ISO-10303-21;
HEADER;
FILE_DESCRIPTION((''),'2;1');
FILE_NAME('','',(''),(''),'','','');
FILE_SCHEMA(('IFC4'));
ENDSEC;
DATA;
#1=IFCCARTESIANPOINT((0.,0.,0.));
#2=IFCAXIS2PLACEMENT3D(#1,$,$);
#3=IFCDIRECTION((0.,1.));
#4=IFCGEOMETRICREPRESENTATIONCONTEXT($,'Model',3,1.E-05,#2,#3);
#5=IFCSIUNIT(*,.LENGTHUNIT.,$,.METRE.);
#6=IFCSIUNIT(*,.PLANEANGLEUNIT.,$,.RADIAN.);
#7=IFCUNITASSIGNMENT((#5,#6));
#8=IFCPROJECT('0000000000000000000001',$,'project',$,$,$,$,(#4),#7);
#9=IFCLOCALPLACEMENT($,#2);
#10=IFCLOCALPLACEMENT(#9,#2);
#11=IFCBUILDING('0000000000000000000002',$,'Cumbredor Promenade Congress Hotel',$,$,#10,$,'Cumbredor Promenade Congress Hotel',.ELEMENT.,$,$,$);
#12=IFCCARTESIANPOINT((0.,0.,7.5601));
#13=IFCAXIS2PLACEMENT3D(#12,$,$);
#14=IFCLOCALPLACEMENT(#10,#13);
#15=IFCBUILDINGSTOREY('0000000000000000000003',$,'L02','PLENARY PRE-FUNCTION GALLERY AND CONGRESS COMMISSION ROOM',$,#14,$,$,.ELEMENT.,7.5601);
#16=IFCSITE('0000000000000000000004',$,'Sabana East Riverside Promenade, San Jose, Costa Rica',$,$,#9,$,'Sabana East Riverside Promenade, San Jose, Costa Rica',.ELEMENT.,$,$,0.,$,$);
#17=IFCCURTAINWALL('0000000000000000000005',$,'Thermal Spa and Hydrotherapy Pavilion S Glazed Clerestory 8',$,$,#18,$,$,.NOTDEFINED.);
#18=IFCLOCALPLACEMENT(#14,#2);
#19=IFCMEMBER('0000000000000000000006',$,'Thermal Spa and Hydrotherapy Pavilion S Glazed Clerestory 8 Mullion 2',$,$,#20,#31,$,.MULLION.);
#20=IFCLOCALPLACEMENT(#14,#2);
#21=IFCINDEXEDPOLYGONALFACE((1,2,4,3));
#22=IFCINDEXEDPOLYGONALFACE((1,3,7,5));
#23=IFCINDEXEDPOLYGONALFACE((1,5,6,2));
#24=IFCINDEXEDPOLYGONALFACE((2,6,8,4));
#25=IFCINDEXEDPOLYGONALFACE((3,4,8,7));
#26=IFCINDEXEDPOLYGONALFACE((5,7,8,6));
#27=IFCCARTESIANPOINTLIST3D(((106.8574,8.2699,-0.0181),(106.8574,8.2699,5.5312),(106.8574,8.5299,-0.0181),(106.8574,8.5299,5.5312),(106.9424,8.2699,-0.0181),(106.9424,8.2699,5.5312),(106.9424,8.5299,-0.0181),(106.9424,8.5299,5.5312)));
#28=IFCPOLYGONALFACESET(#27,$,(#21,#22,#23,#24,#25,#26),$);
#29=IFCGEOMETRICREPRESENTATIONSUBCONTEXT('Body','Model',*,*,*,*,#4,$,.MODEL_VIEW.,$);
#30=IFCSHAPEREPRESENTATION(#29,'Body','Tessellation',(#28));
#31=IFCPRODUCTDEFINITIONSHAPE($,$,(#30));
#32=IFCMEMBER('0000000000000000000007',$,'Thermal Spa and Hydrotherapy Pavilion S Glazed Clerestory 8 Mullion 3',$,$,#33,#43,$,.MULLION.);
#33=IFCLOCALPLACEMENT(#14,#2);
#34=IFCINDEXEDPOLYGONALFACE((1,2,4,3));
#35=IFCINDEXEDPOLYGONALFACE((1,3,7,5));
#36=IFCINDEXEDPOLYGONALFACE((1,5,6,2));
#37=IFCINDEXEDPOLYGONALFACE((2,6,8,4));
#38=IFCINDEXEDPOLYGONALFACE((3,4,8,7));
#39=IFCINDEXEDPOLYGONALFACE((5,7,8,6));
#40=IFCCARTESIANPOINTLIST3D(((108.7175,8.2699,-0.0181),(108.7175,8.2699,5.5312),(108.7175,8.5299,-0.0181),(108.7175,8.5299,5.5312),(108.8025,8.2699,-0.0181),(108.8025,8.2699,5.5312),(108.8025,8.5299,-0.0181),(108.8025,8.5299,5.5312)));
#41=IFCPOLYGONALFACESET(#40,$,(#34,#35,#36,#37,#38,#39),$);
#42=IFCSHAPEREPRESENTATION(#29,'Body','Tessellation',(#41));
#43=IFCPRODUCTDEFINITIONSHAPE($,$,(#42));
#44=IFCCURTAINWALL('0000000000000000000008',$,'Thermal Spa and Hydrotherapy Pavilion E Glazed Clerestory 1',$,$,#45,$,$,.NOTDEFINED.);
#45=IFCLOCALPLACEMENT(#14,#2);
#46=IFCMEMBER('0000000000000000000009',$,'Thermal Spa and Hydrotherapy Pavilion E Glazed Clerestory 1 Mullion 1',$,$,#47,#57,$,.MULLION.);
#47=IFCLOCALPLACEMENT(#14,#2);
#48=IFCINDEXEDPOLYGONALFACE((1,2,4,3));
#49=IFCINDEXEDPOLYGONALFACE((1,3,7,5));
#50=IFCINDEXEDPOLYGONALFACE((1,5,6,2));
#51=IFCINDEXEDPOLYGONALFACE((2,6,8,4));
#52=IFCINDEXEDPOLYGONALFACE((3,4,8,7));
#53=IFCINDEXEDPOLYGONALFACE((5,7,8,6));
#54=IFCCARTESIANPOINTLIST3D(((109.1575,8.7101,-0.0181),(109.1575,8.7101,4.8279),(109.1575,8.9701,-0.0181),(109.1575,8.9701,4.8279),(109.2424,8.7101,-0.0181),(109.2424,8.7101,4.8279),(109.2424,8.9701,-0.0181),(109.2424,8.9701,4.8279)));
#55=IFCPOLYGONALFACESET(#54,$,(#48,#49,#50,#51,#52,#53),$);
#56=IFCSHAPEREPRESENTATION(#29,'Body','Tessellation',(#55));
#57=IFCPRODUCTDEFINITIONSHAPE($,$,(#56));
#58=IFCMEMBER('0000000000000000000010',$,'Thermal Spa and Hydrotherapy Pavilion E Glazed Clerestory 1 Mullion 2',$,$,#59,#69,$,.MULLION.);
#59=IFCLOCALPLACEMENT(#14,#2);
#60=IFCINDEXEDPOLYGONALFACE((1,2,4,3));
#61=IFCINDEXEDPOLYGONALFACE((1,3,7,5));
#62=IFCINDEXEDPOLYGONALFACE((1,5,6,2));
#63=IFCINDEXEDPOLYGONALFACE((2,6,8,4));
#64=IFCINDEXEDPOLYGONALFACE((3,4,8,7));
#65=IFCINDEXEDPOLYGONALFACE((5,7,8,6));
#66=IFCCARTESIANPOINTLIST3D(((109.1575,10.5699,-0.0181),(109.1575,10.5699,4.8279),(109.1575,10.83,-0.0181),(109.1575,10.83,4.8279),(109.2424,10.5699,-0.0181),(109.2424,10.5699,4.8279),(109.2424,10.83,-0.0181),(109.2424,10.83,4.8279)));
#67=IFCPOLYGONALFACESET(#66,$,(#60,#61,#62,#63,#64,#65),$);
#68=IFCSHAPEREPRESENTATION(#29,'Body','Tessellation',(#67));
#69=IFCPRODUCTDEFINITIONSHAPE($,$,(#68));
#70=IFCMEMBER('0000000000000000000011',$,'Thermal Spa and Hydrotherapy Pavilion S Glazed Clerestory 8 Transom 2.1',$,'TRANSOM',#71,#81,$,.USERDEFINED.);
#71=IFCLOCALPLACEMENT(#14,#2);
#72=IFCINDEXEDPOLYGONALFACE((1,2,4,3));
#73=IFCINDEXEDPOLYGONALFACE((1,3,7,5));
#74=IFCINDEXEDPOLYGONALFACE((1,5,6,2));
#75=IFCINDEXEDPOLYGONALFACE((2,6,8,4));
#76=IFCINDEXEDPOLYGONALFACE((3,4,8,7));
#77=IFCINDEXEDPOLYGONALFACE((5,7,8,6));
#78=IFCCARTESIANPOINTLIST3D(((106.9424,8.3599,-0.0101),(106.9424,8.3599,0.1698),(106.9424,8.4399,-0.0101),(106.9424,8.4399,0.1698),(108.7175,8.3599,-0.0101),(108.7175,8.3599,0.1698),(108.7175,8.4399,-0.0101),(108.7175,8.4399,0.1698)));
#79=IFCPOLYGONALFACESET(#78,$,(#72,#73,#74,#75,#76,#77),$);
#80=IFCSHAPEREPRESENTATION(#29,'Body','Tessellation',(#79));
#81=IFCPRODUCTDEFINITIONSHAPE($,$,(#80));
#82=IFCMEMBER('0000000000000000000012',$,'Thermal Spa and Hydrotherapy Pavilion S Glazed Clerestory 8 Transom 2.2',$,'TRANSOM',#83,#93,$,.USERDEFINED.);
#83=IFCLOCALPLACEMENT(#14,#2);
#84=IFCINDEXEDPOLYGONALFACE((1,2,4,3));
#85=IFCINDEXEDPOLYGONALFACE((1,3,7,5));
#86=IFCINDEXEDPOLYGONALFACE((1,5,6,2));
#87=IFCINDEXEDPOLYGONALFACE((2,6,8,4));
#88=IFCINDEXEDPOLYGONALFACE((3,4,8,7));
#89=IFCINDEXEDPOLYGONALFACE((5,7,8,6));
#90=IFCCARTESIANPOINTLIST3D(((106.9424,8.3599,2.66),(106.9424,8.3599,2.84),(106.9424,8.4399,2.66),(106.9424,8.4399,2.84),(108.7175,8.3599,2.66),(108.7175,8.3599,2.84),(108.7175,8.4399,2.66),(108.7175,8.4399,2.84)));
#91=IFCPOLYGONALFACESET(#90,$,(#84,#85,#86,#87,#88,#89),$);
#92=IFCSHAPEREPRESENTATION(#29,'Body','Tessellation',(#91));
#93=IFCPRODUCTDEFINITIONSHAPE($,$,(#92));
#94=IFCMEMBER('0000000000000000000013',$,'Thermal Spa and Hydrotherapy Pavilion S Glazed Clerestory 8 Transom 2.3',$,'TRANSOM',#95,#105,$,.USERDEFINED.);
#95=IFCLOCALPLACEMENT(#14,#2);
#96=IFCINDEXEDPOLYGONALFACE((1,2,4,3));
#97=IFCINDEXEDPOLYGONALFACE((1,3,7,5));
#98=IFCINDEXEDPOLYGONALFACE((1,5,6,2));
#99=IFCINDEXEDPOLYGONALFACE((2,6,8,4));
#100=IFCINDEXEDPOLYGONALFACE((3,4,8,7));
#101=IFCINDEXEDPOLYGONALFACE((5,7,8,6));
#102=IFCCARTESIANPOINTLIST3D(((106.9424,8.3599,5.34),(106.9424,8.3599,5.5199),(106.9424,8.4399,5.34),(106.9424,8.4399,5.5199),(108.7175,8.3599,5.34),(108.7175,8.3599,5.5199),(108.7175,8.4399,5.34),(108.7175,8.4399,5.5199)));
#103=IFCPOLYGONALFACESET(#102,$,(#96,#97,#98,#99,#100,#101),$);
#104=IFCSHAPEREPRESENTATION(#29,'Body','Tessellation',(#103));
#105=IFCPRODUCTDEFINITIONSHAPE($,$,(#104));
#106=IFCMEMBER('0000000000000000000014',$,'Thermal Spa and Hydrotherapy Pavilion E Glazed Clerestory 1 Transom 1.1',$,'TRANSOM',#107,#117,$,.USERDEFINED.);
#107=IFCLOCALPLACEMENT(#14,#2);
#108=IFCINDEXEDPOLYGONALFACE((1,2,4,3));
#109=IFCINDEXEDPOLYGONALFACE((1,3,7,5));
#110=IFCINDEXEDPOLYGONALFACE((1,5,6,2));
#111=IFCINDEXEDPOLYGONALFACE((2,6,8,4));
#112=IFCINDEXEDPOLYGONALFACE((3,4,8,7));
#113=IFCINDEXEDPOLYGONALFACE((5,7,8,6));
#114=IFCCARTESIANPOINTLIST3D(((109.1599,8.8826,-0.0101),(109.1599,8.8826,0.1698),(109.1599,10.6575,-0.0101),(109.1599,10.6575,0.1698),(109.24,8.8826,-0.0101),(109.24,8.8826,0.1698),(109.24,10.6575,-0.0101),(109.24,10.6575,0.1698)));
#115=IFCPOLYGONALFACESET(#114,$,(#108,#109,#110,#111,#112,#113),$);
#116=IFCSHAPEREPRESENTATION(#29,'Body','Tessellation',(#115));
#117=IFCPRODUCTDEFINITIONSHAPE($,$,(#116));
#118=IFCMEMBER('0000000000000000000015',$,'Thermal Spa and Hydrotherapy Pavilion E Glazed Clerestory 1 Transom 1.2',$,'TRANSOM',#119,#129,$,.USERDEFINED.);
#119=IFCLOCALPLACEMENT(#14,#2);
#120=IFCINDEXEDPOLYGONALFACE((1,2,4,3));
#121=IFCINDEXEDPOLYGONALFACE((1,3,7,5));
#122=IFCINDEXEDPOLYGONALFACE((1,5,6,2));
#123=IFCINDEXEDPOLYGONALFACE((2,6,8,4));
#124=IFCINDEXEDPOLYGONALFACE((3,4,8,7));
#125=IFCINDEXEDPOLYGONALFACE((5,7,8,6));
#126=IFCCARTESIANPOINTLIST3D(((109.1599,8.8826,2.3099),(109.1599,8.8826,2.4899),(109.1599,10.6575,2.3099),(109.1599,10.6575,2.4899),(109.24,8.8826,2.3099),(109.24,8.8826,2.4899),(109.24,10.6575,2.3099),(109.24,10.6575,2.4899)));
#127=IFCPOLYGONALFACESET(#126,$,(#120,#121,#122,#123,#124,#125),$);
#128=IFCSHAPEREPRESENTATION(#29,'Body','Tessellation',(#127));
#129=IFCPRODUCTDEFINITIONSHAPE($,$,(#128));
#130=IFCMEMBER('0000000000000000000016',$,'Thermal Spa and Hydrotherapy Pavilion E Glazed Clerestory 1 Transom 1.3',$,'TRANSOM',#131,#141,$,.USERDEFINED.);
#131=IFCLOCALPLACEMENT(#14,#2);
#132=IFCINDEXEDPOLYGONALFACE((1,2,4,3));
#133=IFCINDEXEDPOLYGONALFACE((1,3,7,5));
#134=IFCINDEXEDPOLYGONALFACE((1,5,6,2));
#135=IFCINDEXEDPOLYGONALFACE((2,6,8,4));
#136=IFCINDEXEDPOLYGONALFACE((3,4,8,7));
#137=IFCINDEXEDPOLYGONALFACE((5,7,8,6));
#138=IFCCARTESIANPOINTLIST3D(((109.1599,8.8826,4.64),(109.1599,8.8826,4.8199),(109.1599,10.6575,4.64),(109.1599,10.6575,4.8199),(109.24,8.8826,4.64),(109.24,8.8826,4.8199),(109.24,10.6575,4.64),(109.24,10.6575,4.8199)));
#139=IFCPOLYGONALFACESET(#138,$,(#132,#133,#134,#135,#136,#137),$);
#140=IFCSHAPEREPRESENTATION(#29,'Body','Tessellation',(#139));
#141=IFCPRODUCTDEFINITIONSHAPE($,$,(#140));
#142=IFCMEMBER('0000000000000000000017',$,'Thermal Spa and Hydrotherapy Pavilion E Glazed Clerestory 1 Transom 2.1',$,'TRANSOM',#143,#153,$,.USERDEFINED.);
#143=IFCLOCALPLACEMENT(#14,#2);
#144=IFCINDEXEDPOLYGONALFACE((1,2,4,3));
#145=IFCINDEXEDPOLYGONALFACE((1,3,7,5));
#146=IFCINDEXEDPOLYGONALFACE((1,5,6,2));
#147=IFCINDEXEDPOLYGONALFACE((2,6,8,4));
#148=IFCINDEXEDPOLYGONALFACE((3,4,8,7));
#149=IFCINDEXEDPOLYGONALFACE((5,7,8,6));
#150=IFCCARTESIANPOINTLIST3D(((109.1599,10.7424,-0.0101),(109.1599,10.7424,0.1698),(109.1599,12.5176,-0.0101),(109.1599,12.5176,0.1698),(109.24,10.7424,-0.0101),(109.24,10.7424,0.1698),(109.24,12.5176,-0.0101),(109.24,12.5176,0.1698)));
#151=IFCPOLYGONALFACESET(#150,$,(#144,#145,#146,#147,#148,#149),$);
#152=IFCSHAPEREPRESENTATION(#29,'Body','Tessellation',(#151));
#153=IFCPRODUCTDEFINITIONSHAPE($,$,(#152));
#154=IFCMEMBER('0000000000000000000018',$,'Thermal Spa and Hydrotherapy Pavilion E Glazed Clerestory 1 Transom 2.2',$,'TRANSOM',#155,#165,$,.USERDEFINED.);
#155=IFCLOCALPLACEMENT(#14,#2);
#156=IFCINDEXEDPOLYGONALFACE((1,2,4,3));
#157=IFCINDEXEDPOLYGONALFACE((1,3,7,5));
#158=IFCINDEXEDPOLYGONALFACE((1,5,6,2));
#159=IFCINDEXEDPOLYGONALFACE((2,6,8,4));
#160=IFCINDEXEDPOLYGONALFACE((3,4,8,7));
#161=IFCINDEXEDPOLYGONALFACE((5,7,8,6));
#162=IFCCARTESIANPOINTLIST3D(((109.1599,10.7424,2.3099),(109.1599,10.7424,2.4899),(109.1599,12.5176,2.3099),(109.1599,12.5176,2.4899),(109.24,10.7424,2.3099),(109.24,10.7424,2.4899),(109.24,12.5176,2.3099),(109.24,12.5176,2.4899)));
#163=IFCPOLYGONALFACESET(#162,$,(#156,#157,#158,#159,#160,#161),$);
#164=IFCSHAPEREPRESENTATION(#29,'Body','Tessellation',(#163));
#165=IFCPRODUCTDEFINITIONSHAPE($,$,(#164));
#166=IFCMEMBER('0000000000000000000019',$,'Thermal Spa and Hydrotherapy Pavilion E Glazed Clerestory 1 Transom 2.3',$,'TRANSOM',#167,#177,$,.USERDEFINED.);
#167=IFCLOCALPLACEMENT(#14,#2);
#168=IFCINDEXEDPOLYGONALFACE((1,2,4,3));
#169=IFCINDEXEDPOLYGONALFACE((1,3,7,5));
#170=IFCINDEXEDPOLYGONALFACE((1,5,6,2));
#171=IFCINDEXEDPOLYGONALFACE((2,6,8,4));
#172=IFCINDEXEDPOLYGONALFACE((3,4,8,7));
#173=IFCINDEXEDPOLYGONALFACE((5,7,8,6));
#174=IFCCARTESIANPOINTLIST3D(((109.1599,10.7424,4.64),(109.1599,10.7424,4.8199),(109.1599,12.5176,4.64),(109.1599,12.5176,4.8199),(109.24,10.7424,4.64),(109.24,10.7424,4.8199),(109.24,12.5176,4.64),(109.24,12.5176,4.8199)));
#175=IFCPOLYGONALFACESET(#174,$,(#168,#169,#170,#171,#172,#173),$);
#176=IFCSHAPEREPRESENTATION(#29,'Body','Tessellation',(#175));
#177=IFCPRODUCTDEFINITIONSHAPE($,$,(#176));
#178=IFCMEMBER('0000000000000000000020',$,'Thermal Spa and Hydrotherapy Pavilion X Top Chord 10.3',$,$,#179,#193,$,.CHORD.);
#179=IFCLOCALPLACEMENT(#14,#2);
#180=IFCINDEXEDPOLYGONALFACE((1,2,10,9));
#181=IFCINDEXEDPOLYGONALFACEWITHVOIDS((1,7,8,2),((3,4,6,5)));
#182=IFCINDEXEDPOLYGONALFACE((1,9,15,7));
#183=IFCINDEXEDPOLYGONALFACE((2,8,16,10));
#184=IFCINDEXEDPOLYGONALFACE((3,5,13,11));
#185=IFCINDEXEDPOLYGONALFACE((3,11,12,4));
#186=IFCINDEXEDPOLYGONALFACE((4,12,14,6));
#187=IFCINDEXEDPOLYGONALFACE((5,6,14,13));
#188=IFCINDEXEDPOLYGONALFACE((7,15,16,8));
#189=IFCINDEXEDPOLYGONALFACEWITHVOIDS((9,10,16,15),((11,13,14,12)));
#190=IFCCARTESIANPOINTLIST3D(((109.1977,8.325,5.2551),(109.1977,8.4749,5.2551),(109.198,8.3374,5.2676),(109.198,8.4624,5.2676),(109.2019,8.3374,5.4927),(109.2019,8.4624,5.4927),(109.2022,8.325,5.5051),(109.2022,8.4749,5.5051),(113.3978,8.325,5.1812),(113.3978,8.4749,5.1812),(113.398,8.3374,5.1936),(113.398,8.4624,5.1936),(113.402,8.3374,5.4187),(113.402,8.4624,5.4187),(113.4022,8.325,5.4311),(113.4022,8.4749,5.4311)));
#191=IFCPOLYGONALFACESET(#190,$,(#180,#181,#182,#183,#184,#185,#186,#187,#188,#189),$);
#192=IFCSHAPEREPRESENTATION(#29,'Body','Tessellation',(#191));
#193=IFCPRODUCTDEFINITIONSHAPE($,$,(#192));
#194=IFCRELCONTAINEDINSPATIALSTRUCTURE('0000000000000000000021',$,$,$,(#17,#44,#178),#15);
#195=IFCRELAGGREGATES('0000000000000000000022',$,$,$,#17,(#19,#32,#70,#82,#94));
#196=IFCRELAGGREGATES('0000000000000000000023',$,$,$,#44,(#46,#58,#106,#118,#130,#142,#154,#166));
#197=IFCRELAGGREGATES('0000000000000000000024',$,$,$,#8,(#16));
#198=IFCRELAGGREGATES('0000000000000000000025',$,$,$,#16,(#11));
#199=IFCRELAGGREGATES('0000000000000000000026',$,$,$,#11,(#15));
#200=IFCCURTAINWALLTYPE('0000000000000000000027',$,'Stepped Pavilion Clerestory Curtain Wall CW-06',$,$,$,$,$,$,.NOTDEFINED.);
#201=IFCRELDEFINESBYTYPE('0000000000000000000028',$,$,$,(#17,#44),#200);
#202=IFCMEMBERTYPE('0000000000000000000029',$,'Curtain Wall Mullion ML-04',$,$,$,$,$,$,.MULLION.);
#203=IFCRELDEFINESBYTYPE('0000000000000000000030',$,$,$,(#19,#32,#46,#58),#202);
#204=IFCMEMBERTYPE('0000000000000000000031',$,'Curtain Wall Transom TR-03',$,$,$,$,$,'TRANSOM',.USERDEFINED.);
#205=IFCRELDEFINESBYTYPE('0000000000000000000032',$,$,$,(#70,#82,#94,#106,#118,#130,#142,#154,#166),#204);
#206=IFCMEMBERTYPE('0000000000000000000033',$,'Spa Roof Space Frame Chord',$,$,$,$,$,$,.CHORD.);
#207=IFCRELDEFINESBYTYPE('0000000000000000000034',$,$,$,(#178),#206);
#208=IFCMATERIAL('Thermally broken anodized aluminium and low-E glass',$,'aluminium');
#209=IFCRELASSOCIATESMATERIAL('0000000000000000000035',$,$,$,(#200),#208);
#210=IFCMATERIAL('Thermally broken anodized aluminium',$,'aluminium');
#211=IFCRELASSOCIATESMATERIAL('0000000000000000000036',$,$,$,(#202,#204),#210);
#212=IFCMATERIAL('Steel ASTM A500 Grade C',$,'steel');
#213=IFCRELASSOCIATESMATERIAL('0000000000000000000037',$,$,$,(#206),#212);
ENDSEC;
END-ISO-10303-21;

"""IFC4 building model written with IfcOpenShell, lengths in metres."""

from ifc_helpers import new_model, si_unit, direction, frame, origin, origin_2d, place, context, subcontext, project, spatial, rectangle, hollow_rectangle, extrude, material, material_profile, profile_set, type_object, element, aggregate, save


model = new_model("IFC4")

# Units and contexts
model_context = context("Model", 3, precision=1e-05, world=origin(), true_north=direction((0.0, 1.0)))
body_context = subcontext(model_context, "Body", "Model", "MODEL_VIEW")
ifc_project = project(units=[si_unit("LENGTHUNIT", "METRE"), si_unit("PLANEANGLEUNIT", "RADIAN")], contexts=[model_context])

# Site, building, storey
site_placement = place(None, origin())
site = spatial("IfcSite", under=ifc_project, at=site_placement, Name="Sabana East Riverside Promenade, San Jose, Costa Rica", LongName="Sabana East Riverside Promenade, San Jose, Costa Rica", CompositionType="ELEMENT", RefElevation=0.0)
building_placement = place(site_placement, origin())
building = spatial("IfcBuilding", under=site, at=building_placement, Name="Cumbredor Promenade Congress Hotel", LongName="Cumbredor Promenade Congress Hotel", CompositionType="ELEMENT")
storey_placement = place(building_placement, frame((0.0, 0.0, 7.5601)))
storey = spatial("IfcBuildingStorey", under=building, at=storey_placement, Name="L02", Description="PLENARY PRE-FUNCTION GALLERY AND CONGRESS COMMISSION ROOM", CompositionType="ELEMENT", Elevation=7.5601)

# Curtain walls, members
ifc_material_1 = material(Name="Thermally broken anodized aluminium and low-E glass", Category="aluminium")
curtain_wall_type = type_object("IfcCurtainWallType", Name="Stepped Pavilion Clerestory Curtain Wall CW-06", PredefinedType="NOTDEFINED", material=ifc_material_1)
curtain_wall_1_placement = place(storey_placement, origin())
curtain_wall_1 = element("IfcCurtainWall", 1, at=curtain_wall_1_placement, inside=storey, type_object=curtain_wall_type, Name="Thermal Spa and Hydrotherapy Pavilion S Glazed Clerestory 8", PredefinedType="NOTDEFINED")
ifc_material_2 = material(Name="Thermally broken anodized aluminium", Category="aluminium")
ifc_material_profile_1 = material_profile(ifc_material_2, rectangle(XDim=0.085, YDim=0.26, at=origin_2d()), Name="ALU MULLION CLERESTORY 85x260")
ifc_profile_set_1 = profile_set([ifc_material_profile_1], Name="Thermally broken anodized aluminium")
member_type_1 = type_object("IfcMemberType", Name="Curtain Wall Mullion ML-04", PredefinedType="MULLION", material=ifc_profile_set_1)
member_1_placement = place(storey_placement, frame((106.8999, 8.3999, -0.0181), z_axis=(0.0, 0.0, 1.0), x_axis=(1.0, 0.0, 0.0)))
member_1 = element("IfcMember", 2, at=member_1_placement, type_object=member_type_1, Name="Thermal Spa and Hydrotherapy Pavilion S Glazed Clerestory 8 Mullion 2", PredefinedType="MULLION", context=body_context, shape_type="SweptSolid", body=[
    extrude(rectangle(XDim=0.085, YDim=0.26, at=origin_2d()), origin(), (0.0, 0.0, 1.0), 5.5493),
])
member_2_placement = place(storey_placement, frame((108.76, 8.3999, -0.0181), z_axis=(0.0, 0.0, 1.0), x_axis=(1.0, 0.0, 0.0)))
member_2 = element("IfcMember", 3, at=member_2_placement, type_object=member_type_1, Name="Thermal Spa and Hydrotherapy Pavilion S Glazed Clerestory 8 Mullion 3", PredefinedType="MULLION", context=body_context, shape_type="SweptSolid", body=[
    extrude(rectangle(XDim=0.085, YDim=0.26, at=origin_2d()), origin(), (0.0, 0.0, 1.0), 5.5493),
])
curtain_wall_2_placement = place(storey_placement, origin())
curtain_wall_2 = element("IfcCurtainWall", 4, at=curtain_wall_2_placement, inside=storey, type_object=curtain_wall_type, Name="Thermal Spa and Hydrotherapy Pavilion E Glazed Clerestory 1", PredefinedType="NOTDEFINED")
member_3_placement = place(storey_placement, frame((109.2, 8.8401, -0.0181), z_axis=(0.0, 0.0, 1.0), x_axis=(1.0, 0.0, 0.0)))
member_3 = element("IfcMember", 5, at=member_3_placement, type_object=member_type_1, Name="Thermal Spa and Hydrotherapy Pavilion E Glazed Clerestory 1 Mullion 1", PredefinedType="MULLION", context=body_context, shape_type="SweptSolid", body=[
    extrude(rectangle(XDim=0.085, YDim=0.26, at=origin_2d()), origin(), (0.0, 0.0, 1.0), 4.8459),
])
member_4_placement = place(storey_placement, frame((109.2, 10.7, -0.0181), z_axis=(0.0, 0.0, 1.0), x_axis=(1.0, 0.0, 0.0)))
member_4 = element("IfcMember", 6, at=member_4_placement, type_object=member_type_1, Name="Thermal Spa and Hydrotherapy Pavilion E Glazed Clerestory 1 Mullion 2", PredefinedType="MULLION", context=body_context, shape_type="SweptSolid", body=[
    extrude(rectangle(XDim=0.085, YDim=0.26, at=origin_2d()), origin(), (0.0, 0.0, 1.0), 4.8459),
])

# Members
ifc_material_profile_2 = material_profile(ifc_material_2, rectangle(XDim=0.0801, YDim=0.1799, at=origin_2d()), Name="ALU TRANSOM 80x180")
ifc_profile_set_2 = profile_set([ifc_material_profile_2], Name="Thermally broken anodized aluminium")
member_type_2 = type_object("IfcMemberType", Name="Curtain Wall Transom TR-03", ElementType="TRANSOM", PredefinedType="USERDEFINED", material=ifc_profile_set_2)
member_5_placement = place(storey_placement, frame((106.9424, 8.3999, 0.0798), z_axis=(1.0, 0.0, 0.0), x_axis=(0.0, 1.0, 0.0)))
member_5 = element("IfcMember", 7, at=member_5_placement, type_object=member_type_2, Name="Thermal Spa and Hydrotherapy Pavilion S Glazed Clerestory 8 Transom 2.1", ObjectType="TRANSOM", PredefinedType="USERDEFINED", context=body_context, shape_type="SweptSolid", body=[
    extrude(rectangle(XDim=0.0801, YDim=0.1799, at=origin_2d()), origin(), (0.0, 0.0, 1.0), 1.7751),
])
member_6_placement = place(storey_placement, frame((106.9424, 8.3999, 2.75), z_axis=(1.0, 0.0, 0.0), x_axis=(0.0, 1.0, 0.0)))
member_6 = element("IfcMember", 8, at=member_6_placement, type_object=member_type_2, Name="Thermal Spa and Hydrotherapy Pavilion S Glazed Clerestory 8 Transom 2.2", ObjectType="TRANSOM", PredefinedType="USERDEFINED", context=body_context, shape_type="SweptSolid", body=[
    extrude(rectangle(XDim=0.0801, YDim=0.1799, at=origin_2d()), origin(), (0.0, 0.0, 1.0), 1.7751),
])
member_7_placement = place(storey_placement, frame((106.9424, 8.3999, 5.4299), z_axis=(1.0, 0.0, 0.0), x_axis=(0.0, 1.0, 0.0)))
member_7 = element("IfcMember", 9, at=member_7_placement, type_object=member_type_2, Name="Thermal Spa and Hydrotherapy Pavilion S Glazed Clerestory 8 Transom 2.3", ObjectType="TRANSOM", PredefinedType="USERDEFINED", context=body_context, shape_type="SweptSolid", body=[
    extrude(rectangle(XDim=0.0801, YDim=0.1799, at=origin_2d()), origin(), (0.0, 0.0, 1.0), 1.7751),
])
member_8_placement = place(storey_placement, frame((109.2, 8.8826, 0.0798), z_axis=(0.0, 1.0, 0.0), x_axis=(-1.0, 0.0, 0.0)))
member_8 = element("IfcMember", 10, at=member_8_placement, type_object=member_type_2, Name="Thermal Spa and Hydrotherapy Pavilion E Glazed Clerestory 1 Transom 1.1", ObjectType="TRANSOM", PredefinedType="USERDEFINED", context=body_context, shape_type="SweptSolid", body=[
    extrude(rectangle(XDim=0.0801, YDim=0.1799, at=origin_2d()), origin(), (0.0, 0.0, 1.0), 1.7749),
])
member_9_placement = place(storey_placement, frame((109.2, 8.8826, 2.3999), z_axis=(0.0, 1.0, 0.0), x_axis=(-1.0, 0.0, 0.0)))
member_9 = element("IfcMember", 11, at=member_9_placement, type_object=member_type_2, Name="Thermal Spa and Hydrotherapy Pavilion E Glazed Clerestory 1 Transom 1.2", ObjectType="TRANSOM", PredefinedType="USERDEFINED", context=body_context, shape_type="SweptSolid", body=[
    extrude(rectangle(XDim=0.0801, YDim=0.1799, at=origin_2d()), origin(), (0.0, 0.0, 1.0), 1.7749),
])
member_10_placement = place(storey_placement, frame((109.2, 8.8826, 4.73), z_axis=(0.0, 1.0, 0.0), x_axis=(-1.0, 0.0, 0.0)))
member_10 = element("IfcMember", 12, at=member_10_placement, type_object=member_type_2, Name="Thermal Spa and Hydrotherapy Pavilion E Glazed Clerestory 1 Transom 1.3", ObjectType="TRANSOM", PredefinedType="USERDEFINED", context=body_context, shape_type="SweptSolid", body=[
    extrude(rectangle(XDim=0.0801, YDim=0.1799, at=origin_2d()), origin(), (0.0, 0.0, 1.0), 1.7749),
])
member_11_placement = place(storey_placement, frame((109.2, 10.7424, 0.0798), z_axis=(0.0, 1.0, 0.0), x_axis=(-1.0, 0.0, 0.0)))
member_11 = element("IfcMember", 13, at=member_11_placement, type_object=member_type_2, Name="Thermal Spa and Hydrotherapy Pavilion E Glazed Clerestory 1 Transom 2.1", ObjectType="TRANSOM", PredefinedType="USERDEFINED", context=body_context, shape_type="SweptSolid", body=[
    extrude(rectangle(XDim=0.0801, YDim=0.1799, at=origin_2d()), origin(), (0.0, 0.0, 1.0), 1.7751),
])
member_12_placement = place(storey_placement, frame((109.2, 10.7424, 2.3999), z_axis=(0.0, 1.0, 0.0), x_axis=(-1.0, 0.0, 0.0)))
member_12 = element("IfcMember", 14, at=member_12_placement, type_object=member_type_2, Name="Thermal Spa and Hydrotherapy Pavilion E Glazed Clerestory 1 Transom 2.2", ObjectType="TRANSOM", PredefinedType="USERDEFINED", context=body_context, shape_type="SweptSolid", body=[
    extrude(rectangle(XDim=0.0801, YDim=0.1799, at=origin_2d()), origin(), (0.0, 0.0, 1.0), 1.7751),
])
member_13_placement = place(storey_placement, frame((109.2, 10.7424, 4.73), z_axis=(0.0, 1.0, 0.0), x_axis=(-1.0, 0.0, 0.0)))
member_13 = element("IfcMember", 15, at=member_13_placement, type_object=member_type_2, Name="Thermal Spa and Hydrotherapy Pavilion E Glazed Clerestory 1 Transom 2.3", ObjectType="TRANSOM", PredefinedType="USERDEFINED", context=body_context, shape_type="SweptSolid", body=[
    extrude(rectangle(XDim=0.0801, YDim=0.1799, at=origin_2d()), origin(), (0.0, 0.0, 1.0), 1.7751),
])

# Member
ifc_material_3 = material(Name="Steel ASTM A500 Grade C", Category="steel")
ifc_material_profile_3 = material_profile(ifc_material_3, hollow_rectangle(XDim=0.1499, YDim=0.25, WallThickness=0.0125, at=origin_2d()), Name="HSS 250x150x12.5")
ifc_profile_set_3 = profile_set([ifc_material_profile_3], Name="Steel ASTM A500 Grade C")
member_type_3 = type_object("IfcMemberType", Name="Spa Roof Space Frame Chord", PredefinedType="CHORD", material=ifc_profile_set_3)
for number, where, z_axis, x_axis, name in (
    (16, (109.2, 8.3999, 5.3801), (0.999845, 0.0, -0.01761), (0.0, 1.0, 0.0), "Thermal Spa and Hydrotherapy Pavilion X Top Chord 10.3"),
):
    element("IfcMember", number, at=place(storey_placement, frame(where, z_axis=z_axis, x_axis=x_axis)), inside=storey, type_object=member_type_3, Name=name, PredefinedType="CHORD", context=body_context, shape_type="SweptSolid", body=[
        extrude(hollow_rectangle(XDim=0.1499, YDim=0.25, WallThickness=0.0125, at=origin_2d()), origin(), (0.0, 0.0, 1.0), 4.2007),
    ])

aggregate(curtain_wall_1, [member_1, member_2, member_5, member_6, member_7])
aggregate(curtain_wall_2, [member_3, member_4, member_8, member_9, member_10, member_11, member_12, member_13])

save(model, "model.ifc")
